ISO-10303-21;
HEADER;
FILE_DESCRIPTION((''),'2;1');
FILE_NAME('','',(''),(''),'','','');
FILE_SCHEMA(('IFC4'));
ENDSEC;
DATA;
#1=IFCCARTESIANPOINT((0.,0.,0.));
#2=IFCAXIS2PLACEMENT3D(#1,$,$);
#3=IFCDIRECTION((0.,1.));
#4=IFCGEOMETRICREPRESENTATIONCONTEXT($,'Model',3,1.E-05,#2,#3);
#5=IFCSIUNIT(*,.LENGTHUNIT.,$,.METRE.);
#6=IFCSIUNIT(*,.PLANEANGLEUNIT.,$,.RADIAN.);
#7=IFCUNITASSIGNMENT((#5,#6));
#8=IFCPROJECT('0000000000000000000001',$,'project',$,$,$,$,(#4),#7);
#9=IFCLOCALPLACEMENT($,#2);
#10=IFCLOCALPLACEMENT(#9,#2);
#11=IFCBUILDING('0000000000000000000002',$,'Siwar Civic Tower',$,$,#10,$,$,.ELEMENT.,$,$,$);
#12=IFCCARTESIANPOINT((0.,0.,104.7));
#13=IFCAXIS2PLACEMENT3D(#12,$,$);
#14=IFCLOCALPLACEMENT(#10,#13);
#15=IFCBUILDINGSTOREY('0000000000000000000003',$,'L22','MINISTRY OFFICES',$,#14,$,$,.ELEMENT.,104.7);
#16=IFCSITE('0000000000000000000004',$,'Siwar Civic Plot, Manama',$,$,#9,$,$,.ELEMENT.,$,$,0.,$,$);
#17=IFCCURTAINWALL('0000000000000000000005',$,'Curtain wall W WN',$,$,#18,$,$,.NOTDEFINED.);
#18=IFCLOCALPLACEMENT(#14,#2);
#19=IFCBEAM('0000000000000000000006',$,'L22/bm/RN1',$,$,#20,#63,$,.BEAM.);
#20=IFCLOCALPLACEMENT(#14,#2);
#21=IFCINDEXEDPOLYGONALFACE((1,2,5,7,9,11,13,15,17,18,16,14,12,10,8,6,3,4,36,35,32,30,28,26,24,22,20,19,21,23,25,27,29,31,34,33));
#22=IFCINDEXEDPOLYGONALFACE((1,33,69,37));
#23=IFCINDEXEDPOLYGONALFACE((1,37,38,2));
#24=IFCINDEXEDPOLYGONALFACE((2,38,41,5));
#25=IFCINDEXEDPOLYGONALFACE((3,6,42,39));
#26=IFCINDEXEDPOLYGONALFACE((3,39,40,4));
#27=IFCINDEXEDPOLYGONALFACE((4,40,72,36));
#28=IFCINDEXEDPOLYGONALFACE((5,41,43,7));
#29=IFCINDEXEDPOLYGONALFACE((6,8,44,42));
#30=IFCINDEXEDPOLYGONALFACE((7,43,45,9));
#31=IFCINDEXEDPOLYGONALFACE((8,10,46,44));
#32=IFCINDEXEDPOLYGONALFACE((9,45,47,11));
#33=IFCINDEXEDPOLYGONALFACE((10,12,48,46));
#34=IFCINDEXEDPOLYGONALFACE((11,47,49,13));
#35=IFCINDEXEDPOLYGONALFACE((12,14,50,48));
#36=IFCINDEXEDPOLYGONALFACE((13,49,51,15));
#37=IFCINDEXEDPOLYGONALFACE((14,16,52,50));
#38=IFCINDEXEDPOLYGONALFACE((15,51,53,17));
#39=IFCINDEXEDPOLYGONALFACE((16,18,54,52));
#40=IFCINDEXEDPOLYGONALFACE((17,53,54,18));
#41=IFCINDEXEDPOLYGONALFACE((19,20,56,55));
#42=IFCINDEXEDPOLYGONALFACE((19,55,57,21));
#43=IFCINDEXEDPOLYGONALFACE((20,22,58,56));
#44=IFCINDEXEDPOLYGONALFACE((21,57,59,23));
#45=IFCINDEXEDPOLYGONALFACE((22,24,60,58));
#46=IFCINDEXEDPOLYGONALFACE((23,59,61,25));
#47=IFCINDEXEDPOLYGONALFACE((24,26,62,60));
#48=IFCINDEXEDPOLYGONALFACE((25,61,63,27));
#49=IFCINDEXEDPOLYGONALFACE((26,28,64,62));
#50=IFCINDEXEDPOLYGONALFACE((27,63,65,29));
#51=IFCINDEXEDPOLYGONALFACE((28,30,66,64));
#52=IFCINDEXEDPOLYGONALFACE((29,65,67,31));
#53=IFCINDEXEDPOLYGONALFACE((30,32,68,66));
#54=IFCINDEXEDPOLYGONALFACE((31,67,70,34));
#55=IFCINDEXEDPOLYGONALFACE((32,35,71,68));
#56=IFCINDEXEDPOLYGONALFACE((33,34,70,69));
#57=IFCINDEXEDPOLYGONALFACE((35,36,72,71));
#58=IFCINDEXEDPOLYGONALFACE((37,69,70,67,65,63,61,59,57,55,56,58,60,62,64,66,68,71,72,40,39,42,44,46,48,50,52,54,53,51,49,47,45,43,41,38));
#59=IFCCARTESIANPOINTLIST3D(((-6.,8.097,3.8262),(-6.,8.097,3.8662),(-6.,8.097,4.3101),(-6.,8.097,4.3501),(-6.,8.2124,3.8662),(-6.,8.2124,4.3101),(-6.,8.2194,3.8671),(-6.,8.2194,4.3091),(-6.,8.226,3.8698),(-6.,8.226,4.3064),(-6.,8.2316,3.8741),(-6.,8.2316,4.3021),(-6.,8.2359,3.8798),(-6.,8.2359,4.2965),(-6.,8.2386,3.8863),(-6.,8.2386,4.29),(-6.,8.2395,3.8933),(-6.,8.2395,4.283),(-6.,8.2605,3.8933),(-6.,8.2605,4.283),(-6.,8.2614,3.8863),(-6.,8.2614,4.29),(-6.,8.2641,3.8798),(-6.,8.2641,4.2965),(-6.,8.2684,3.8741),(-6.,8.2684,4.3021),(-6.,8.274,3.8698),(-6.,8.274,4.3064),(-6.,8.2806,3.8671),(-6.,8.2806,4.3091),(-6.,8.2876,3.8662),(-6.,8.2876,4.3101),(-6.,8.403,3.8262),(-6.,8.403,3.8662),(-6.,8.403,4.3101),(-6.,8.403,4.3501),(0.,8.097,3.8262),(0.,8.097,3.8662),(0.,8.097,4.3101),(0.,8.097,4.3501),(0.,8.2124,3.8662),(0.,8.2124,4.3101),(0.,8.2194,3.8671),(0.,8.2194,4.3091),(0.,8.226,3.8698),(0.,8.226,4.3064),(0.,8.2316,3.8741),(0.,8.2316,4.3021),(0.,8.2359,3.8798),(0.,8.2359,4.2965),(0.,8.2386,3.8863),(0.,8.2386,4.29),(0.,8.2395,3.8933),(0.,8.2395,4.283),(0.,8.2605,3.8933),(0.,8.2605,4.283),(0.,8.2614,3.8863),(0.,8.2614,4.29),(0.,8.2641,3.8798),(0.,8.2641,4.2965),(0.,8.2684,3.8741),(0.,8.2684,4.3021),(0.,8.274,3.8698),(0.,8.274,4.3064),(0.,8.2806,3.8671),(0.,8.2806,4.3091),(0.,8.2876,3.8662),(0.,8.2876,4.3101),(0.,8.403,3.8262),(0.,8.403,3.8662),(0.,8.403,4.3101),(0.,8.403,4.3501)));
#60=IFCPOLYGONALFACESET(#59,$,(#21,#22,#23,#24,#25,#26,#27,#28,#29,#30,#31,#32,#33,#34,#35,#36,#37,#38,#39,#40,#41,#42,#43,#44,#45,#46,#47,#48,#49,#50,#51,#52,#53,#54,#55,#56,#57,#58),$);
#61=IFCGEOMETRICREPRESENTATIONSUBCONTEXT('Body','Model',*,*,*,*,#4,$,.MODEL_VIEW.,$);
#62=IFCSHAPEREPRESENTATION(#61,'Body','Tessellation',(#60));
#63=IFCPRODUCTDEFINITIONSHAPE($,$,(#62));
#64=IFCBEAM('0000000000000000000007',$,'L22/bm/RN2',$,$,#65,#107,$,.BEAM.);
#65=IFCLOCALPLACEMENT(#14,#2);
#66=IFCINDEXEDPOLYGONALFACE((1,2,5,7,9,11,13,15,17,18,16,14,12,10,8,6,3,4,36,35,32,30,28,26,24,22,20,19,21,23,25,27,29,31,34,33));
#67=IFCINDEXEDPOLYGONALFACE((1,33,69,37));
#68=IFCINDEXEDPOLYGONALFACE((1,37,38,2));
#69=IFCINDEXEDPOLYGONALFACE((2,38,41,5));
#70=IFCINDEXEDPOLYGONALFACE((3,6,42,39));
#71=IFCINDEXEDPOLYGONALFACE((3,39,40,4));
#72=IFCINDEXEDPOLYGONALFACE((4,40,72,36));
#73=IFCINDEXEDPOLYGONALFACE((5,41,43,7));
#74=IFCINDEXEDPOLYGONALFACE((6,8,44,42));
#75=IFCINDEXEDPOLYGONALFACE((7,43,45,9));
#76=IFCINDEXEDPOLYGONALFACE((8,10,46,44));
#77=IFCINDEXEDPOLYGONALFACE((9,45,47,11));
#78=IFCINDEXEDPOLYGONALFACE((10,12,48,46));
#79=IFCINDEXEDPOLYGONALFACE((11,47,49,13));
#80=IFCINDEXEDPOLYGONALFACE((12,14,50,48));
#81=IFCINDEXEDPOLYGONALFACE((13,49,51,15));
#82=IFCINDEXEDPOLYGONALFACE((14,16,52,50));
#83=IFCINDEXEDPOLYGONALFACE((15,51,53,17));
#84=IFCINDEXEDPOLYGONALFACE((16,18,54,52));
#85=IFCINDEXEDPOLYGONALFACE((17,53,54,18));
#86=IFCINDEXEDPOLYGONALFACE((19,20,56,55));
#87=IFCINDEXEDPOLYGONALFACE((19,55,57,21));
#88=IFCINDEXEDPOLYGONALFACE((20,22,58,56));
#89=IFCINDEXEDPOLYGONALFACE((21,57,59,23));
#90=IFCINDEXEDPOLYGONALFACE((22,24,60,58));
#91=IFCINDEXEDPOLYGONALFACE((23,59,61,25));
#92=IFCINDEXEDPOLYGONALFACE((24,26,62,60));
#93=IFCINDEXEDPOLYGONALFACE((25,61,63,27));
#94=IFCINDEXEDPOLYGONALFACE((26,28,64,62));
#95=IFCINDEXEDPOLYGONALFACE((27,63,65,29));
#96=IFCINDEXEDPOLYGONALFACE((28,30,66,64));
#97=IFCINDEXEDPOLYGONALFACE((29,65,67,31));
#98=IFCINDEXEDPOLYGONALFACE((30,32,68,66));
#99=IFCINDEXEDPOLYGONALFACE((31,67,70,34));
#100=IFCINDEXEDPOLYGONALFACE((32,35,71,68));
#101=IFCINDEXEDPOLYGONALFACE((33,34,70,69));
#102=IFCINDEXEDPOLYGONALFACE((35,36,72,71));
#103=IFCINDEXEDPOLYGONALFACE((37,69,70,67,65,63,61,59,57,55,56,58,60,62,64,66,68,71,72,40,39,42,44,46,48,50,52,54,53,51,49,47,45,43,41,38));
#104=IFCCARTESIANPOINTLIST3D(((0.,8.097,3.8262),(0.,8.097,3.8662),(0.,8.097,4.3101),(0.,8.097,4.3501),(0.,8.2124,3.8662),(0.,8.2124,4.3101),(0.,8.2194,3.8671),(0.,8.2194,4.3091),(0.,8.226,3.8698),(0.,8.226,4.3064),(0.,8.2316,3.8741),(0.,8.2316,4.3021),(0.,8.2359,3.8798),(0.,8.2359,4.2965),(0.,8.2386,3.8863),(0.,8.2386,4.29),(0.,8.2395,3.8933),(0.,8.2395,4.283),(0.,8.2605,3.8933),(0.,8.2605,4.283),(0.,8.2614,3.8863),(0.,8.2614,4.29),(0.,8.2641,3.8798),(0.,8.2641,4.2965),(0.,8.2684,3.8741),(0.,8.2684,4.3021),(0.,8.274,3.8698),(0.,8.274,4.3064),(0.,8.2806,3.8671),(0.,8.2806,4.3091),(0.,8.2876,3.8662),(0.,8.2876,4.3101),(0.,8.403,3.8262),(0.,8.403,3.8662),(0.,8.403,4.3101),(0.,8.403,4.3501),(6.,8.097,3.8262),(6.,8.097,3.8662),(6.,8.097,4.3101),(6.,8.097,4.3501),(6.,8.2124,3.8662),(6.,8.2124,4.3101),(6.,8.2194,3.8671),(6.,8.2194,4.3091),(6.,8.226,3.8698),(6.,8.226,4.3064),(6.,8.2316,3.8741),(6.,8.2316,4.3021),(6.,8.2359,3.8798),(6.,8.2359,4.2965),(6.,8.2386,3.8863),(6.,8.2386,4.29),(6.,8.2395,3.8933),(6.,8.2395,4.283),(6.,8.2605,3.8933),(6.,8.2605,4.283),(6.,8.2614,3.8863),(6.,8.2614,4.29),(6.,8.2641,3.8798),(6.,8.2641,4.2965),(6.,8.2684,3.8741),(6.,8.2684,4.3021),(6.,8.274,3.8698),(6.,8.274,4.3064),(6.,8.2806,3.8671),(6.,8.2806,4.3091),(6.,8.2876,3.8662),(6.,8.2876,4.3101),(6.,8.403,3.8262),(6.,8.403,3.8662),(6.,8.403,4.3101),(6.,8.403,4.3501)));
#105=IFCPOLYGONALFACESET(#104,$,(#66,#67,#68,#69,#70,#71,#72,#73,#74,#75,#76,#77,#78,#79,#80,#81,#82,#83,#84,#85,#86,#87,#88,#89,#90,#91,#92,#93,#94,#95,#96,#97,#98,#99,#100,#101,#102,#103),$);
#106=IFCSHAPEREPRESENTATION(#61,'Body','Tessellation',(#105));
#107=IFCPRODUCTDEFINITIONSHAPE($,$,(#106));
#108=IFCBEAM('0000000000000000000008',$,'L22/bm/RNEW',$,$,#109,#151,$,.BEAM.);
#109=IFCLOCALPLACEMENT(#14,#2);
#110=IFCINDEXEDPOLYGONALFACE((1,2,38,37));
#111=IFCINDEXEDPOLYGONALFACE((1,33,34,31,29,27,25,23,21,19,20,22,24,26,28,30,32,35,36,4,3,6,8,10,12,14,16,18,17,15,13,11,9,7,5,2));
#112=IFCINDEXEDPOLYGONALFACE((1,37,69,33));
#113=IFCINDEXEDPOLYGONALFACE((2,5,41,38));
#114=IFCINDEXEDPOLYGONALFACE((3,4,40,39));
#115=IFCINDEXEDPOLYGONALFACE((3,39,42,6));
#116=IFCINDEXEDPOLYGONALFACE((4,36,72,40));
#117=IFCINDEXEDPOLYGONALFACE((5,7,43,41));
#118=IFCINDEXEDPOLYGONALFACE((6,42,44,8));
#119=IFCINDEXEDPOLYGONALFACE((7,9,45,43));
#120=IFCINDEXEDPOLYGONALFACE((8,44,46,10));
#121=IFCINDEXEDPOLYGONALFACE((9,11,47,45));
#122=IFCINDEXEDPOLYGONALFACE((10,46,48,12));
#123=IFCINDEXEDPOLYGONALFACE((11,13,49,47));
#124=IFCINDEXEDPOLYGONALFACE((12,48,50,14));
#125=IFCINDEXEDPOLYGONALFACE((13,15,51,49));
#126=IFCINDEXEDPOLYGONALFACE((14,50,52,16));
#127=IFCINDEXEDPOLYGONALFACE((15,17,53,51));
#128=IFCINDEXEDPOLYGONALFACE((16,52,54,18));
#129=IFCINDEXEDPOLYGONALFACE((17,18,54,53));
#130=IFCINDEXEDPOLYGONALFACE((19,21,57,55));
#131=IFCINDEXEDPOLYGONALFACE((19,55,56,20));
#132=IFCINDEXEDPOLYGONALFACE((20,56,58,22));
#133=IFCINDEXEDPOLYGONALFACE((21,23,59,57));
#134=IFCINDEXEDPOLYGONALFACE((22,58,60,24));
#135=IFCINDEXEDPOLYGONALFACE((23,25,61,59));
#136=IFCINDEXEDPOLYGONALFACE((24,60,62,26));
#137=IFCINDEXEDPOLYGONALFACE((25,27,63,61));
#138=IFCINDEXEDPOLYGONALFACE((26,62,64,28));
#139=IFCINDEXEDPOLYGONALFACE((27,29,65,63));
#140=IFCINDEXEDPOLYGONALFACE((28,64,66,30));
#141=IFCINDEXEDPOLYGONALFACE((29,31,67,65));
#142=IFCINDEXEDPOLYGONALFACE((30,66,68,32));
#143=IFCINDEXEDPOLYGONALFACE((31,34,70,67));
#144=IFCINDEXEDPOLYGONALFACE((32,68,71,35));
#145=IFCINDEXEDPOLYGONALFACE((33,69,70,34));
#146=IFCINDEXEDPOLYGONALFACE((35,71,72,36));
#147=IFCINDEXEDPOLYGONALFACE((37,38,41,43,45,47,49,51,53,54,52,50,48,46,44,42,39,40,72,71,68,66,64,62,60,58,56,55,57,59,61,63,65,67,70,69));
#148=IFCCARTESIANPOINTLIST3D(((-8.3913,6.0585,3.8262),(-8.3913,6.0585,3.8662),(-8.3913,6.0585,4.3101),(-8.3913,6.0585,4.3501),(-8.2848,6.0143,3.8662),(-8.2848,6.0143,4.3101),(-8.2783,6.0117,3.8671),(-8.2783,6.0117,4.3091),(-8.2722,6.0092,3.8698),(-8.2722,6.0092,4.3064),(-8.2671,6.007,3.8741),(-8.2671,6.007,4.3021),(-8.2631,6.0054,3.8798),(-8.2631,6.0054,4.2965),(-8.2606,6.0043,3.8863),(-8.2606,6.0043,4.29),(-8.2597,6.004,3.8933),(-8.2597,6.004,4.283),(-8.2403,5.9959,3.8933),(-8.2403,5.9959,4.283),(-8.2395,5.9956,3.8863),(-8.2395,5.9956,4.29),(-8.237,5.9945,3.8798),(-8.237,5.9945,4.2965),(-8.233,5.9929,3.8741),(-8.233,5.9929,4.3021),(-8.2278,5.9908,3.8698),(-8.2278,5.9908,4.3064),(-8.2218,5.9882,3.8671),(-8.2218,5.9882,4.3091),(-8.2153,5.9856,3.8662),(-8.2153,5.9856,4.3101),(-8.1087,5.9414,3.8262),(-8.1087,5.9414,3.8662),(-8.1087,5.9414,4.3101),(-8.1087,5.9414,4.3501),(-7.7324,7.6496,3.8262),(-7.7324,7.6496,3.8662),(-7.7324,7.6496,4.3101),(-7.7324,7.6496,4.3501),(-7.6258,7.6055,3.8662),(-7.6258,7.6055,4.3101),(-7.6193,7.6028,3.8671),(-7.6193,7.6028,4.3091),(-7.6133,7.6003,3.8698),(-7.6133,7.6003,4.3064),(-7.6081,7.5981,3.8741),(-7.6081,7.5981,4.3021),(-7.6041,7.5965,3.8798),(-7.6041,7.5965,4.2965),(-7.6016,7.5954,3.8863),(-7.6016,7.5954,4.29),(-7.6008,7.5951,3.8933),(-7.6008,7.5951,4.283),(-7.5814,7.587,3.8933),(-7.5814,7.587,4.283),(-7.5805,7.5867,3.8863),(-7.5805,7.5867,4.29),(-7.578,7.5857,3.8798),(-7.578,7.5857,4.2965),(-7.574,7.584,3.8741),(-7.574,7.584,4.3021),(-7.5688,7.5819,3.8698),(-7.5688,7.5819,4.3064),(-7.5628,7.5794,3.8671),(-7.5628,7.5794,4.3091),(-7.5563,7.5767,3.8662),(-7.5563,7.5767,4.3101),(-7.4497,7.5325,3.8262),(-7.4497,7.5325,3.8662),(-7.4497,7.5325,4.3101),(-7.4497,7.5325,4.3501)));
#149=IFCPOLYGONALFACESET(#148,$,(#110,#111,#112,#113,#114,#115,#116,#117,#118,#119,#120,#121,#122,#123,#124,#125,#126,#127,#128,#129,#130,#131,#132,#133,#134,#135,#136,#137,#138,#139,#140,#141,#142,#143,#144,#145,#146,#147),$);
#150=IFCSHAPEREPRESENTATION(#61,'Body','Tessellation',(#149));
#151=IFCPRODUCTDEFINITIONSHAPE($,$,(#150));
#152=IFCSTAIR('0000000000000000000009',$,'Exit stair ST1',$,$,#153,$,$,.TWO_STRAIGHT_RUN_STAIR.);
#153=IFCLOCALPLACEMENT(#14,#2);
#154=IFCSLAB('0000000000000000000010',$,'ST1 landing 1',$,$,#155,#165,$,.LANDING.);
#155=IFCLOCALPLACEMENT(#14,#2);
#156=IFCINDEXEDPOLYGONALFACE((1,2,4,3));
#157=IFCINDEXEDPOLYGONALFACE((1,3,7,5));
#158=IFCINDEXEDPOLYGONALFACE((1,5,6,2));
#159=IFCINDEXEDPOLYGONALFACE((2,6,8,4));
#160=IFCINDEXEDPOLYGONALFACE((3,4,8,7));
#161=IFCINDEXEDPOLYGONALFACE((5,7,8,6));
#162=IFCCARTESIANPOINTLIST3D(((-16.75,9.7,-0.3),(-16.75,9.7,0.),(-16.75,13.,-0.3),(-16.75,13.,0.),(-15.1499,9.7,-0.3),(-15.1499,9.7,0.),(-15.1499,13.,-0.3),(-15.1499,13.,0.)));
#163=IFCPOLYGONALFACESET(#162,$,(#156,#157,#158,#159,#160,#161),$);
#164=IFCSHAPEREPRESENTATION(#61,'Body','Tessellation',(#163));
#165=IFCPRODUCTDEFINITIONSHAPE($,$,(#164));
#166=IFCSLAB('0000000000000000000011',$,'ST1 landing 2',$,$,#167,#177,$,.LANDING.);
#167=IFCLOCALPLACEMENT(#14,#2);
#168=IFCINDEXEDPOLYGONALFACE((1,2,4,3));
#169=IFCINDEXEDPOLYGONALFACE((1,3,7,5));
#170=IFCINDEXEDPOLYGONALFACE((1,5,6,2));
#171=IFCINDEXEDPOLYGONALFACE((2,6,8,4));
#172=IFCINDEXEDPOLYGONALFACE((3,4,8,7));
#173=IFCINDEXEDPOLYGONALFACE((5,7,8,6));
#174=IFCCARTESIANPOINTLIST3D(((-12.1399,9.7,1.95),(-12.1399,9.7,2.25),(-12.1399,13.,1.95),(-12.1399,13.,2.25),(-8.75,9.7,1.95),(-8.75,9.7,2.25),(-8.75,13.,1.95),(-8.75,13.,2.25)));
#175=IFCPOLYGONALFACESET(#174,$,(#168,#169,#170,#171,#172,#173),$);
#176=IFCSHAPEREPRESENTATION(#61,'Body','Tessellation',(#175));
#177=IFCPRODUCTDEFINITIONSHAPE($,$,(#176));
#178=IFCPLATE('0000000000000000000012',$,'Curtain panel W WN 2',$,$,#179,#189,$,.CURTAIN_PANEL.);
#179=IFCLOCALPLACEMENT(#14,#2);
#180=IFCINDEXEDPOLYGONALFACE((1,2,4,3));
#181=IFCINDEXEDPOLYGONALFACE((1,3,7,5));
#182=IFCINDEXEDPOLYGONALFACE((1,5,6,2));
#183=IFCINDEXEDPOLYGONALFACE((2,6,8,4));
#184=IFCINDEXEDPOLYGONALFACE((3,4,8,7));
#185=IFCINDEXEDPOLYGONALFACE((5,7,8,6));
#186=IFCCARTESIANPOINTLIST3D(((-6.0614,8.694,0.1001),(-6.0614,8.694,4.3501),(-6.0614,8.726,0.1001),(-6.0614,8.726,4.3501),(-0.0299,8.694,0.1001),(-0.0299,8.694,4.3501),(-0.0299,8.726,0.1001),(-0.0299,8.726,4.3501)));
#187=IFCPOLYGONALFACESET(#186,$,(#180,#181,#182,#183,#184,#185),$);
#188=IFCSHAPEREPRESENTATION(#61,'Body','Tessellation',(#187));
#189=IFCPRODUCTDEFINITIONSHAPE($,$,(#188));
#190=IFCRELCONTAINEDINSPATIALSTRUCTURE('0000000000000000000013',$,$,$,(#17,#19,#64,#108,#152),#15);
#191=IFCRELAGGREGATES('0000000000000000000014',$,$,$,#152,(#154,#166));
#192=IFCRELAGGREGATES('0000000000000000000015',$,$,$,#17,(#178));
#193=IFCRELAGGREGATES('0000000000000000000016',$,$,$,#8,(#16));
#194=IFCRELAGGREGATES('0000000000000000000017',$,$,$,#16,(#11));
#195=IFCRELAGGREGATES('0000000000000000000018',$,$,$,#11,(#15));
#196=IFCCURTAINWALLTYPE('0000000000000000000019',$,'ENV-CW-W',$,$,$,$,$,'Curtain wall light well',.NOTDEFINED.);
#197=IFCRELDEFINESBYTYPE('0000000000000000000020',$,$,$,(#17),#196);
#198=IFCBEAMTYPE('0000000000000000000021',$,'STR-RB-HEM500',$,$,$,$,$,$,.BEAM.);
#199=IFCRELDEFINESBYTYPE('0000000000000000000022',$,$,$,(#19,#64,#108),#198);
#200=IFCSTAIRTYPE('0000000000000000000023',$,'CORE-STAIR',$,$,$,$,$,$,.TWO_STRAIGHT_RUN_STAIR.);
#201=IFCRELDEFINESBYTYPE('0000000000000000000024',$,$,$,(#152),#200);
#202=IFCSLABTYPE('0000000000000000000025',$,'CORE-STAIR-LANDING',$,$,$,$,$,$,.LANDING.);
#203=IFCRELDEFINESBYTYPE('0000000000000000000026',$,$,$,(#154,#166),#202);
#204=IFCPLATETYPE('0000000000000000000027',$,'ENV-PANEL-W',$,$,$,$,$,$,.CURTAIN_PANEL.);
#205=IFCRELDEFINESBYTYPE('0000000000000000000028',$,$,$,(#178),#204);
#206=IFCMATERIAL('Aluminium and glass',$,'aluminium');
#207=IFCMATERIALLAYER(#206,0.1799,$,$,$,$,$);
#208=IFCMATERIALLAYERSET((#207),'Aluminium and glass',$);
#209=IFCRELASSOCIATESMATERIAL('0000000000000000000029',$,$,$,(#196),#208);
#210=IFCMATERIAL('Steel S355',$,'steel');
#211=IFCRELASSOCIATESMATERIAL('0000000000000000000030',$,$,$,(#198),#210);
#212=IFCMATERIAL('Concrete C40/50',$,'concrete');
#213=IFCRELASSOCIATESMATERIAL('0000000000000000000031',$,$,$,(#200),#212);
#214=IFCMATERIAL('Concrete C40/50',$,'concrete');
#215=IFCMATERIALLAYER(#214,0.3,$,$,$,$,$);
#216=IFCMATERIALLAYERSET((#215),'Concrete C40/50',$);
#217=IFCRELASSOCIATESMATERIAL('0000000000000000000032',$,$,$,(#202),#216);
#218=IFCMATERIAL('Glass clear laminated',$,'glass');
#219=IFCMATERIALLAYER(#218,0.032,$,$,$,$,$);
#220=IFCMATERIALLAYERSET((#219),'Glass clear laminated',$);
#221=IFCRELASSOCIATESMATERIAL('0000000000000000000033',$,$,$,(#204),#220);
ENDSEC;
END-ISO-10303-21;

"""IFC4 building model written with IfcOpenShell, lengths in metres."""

from ifc_helpers import new_model, si_unit, direction, frame, origin, origin_2d, place, context, subcontext, project, spatial, polyline, rectangle, i_section, outline, extrude, material, layer, layer_set, material_profile, profile_set, type_object, element, aggregate, save


model = new_model("IFC4")

# Units and contexts
model_context = context("Model", 3, precision=1e-05, world=origin(), true_north=direction((0.0, 1.0)))
body_context = subcontext(model_context, "Body", "Model", "MODEL_VIEW")
ifc_project = project(units=[si_unit("LENGTHUNIT", "METRE"), si_unit("PLANEANGLEUNIT", "RADIAN")], contexts=[model_context])

# Site, building, storey
site_placement = place(None, origin())
site = spatial("IfcSite", under=ifc_project, at=site_placement, Name="Siwar Civic Plot, Manama", CompositionType="ELEMENT", RefElevation=0.0)
building_placement = place(site_placement, origin())
building = spatial("IfcBuilding", under=site, at=building_placement, Name="Siwar Civic Tower", CompositionType="ELEMENT")
storey_placement = place(building_placement, frame((0.0, 0.0, 104.7)))
storey = spatial("IfcBuildingStorey", under=building, at=storey_placement, Name="L22", Description="MINISTRY OFFICES", CompositionType="ELEMENT", Elevation=104.7)

# Curtain wall
ifc_material_1 = material(Name="Aluminium and glass", Category="aluminium")
ifc_layer_1 = layer(ifc_material_1, 0.1799)
ifc_layer_set_1 = layer_set([ifc_layer_1], Name="Aluminium and glass")
curtain_wall_type = type_object("IfcCurtainWallType", Name="ENV-CW-W", ElementType="Curtain wall light well", PredefinedType="NOTDEFINED", material=ifc_layer_set_1)
curtain_wall_placement = place(storey_placement, origin())
curtain_wall = element("IfcCurtainWall", 1, at=curtain_wall_placement, inside=storey, type_object=curtain_wall_type, Name="Curtain wall W WN", PredefinedType="NOTDEFINED")

# Beams
ifc_material_2 = material(Name="Steel S355", Category="steel")
ifc_material_profile_1 = material_profile(ifc_material_2, i_section(OverallWidth=0.3059, OverallDepth=0.5239, WebThickness=0.021, FlangeThickness=0.04, FilletRadius=0.0271, at=origin_2d()), Name="HEM500")
ifc_profile_set_1 = profile_set([ifc_material_profile_1], Name="Steel S355")
beam_type_1 = type_object("IfcBeamType", Name="STR-RB-HEM500", PredefinedType="BEAM", material=ifc_profile_set_1)
for number, where, z_axis, x_axis, name in (
    (2, (-6.0, 8.25, 4.0881), (1.0, 0.0, 0.0), (0.0, 1.0, 0.0), "L22/bm/RN1"),
    (3, (0.0, 8.25, 4.0881), (1.0, 0.0, 0.0), (0.0, 1.0, 0.0), "L22/bm/RN2"),
):
    element("IfcBeam", number, at=place(storey_placement, frame(where, z_axis=z_axis, x_axis=x_axis)), inside=storey, type_object=beam_type_1, Name=name, PredefinedType="BEAM", context=body_context, shape_type="SweptSolid", body=[
        extrude(i_section(OverallWidth=0.3059, OverallDepth=0.5239, WebThickness=0.021, FlangeThickness=0.04, FilletRadius=0.0271, at=origin_2d()), origin(), (0.0, 0.0, 1.0), 6.0),
    ])
beam_1_placement = place(storey_placement, frame((-7.5911, 7.5911, 4.0881), z_axis=(-0.382631, -0.923901, 0.0), x_axis=(0.923901, -0.382631, 0.0)))
element("IfcBeam", 4, at=beam_1_placement, inside=storey, type_object=beam_type_1, Name="L22/bm/RNEW", PredefinedType="BEAM", context=body_context, shape_type="SweptSolid", body=[
    extrude(i_section(OverallWidth=0.3059, OverallDepth=0.5239, WebThickness=0.021, FlangeThickness=0.04, FilletRadius=0.0271, at=origin_2d()), origin(), (0.0, 0.0, 1.0), 1.7222),
])

# Stair, slabs
ifc_material_3 = material(Name="Concrete C40/50", Category="concrete")
stair_type = type_object("IfcStairType", Name="CORE-STAIR", PredefinedType="TWO_STRAIGHT_RUN_STAIR", material=ifc_material_3)
stair_placement = place(storey_placement, origin())
stair = element("IfcStair", 5, at=stair_placement, inside=storey, type_object=stair_type, Name="Exit stair ST1", PredefinedType="TWO_STRAIGHT_RUN_STAIR")
ifc_material_4 = material(Name="Concrete C40/50", Category="concrete")
ifc_layer_2 = layer(ifc_material_4, 0.3)
ifc_layer_set_2 = layer_set([ifc_layer_2], Name="Concrete C40/50")
slab_type_1 = type_object("IfcSlabType", Name="CORE-STAIR-LANDING", PredefinedType="LANDING", material=ifc_layer_set_2)
slab_1_placement = place(storey_placement, frame((0.0, 0.0, -0.3)))
slab_1 = element("IfcSlab", 6, at=slab_1_placement, type_object=slab_type_1, Name="ST1 landing 1", PredefinedType="LANDING", context=body_context, shape_type="SweptSolid", body=[
    extrude(outline(polyline([(-15.1499, 13.0), (-16.75, 13.0), (-16.75, 9.7), (-15.1499, 9.7), (-15.1499, 13.0)])), origin(), (0.0, 0.0, 1.0), 0.3),
])
slab_2_placement = place(storey_placement, frame((0.0, 0.0, 1.95)))
slab_2 = element("IfcSlab", 7, at=slab_2_placement, type_object=slab_type_1, Name="ST1 landing 2", PredefinedType="LANDING", context=body_context, shape_type="SweptSolid", body=[
    extrude(outline(polyline([(-8.75, 13.0), (-12.1399, 13.0), (-12.1399, 9.7), (-8.75, 9.7), (-8.75, 13.0)])), origin(), (0.0, 0.0, 1.0), 0.3),
])
aggregate(stair, [slab_1, slab_2])

# Plate
ifc_material_5 = material(Name="Glass clear laminated", Category="glass")
ifc_layer_3 = layer(ifc_material_5, 0.032)
ifc_layer_set_3 = layer_set([ifc_layer_3], Name="Glass clear laminated")
plate_type = type_object("IfcPlateType", Name="ENV-PANEL-W", PredefinedType="CURTAIN_PANEL", material=ifc_layer_set_3)
plate_placement = place(storey_placement, frame((-3.0457, 8.71, 0.1001), z_axis=(0.0, 0.0, 1.0), x_axis=(-1.0, 0.0, 0.0)))
plate = element("IfcPlate", 8, at=plate_placement, type_object=plate_type, Name="Curtain panel W WN 2", PredefinedType="CURTAIN_PANEL", context=body_context, shape_type="SweptSolid", body=[
    extrude(rectangle(XDim=6.0315, YDim=0.032, at=origin_2d()), origin(), (0.0, 0.0, 1.0), 4.25),
])
aggregate(curtain_wall, [plate])

save(model, "model.ifc")
